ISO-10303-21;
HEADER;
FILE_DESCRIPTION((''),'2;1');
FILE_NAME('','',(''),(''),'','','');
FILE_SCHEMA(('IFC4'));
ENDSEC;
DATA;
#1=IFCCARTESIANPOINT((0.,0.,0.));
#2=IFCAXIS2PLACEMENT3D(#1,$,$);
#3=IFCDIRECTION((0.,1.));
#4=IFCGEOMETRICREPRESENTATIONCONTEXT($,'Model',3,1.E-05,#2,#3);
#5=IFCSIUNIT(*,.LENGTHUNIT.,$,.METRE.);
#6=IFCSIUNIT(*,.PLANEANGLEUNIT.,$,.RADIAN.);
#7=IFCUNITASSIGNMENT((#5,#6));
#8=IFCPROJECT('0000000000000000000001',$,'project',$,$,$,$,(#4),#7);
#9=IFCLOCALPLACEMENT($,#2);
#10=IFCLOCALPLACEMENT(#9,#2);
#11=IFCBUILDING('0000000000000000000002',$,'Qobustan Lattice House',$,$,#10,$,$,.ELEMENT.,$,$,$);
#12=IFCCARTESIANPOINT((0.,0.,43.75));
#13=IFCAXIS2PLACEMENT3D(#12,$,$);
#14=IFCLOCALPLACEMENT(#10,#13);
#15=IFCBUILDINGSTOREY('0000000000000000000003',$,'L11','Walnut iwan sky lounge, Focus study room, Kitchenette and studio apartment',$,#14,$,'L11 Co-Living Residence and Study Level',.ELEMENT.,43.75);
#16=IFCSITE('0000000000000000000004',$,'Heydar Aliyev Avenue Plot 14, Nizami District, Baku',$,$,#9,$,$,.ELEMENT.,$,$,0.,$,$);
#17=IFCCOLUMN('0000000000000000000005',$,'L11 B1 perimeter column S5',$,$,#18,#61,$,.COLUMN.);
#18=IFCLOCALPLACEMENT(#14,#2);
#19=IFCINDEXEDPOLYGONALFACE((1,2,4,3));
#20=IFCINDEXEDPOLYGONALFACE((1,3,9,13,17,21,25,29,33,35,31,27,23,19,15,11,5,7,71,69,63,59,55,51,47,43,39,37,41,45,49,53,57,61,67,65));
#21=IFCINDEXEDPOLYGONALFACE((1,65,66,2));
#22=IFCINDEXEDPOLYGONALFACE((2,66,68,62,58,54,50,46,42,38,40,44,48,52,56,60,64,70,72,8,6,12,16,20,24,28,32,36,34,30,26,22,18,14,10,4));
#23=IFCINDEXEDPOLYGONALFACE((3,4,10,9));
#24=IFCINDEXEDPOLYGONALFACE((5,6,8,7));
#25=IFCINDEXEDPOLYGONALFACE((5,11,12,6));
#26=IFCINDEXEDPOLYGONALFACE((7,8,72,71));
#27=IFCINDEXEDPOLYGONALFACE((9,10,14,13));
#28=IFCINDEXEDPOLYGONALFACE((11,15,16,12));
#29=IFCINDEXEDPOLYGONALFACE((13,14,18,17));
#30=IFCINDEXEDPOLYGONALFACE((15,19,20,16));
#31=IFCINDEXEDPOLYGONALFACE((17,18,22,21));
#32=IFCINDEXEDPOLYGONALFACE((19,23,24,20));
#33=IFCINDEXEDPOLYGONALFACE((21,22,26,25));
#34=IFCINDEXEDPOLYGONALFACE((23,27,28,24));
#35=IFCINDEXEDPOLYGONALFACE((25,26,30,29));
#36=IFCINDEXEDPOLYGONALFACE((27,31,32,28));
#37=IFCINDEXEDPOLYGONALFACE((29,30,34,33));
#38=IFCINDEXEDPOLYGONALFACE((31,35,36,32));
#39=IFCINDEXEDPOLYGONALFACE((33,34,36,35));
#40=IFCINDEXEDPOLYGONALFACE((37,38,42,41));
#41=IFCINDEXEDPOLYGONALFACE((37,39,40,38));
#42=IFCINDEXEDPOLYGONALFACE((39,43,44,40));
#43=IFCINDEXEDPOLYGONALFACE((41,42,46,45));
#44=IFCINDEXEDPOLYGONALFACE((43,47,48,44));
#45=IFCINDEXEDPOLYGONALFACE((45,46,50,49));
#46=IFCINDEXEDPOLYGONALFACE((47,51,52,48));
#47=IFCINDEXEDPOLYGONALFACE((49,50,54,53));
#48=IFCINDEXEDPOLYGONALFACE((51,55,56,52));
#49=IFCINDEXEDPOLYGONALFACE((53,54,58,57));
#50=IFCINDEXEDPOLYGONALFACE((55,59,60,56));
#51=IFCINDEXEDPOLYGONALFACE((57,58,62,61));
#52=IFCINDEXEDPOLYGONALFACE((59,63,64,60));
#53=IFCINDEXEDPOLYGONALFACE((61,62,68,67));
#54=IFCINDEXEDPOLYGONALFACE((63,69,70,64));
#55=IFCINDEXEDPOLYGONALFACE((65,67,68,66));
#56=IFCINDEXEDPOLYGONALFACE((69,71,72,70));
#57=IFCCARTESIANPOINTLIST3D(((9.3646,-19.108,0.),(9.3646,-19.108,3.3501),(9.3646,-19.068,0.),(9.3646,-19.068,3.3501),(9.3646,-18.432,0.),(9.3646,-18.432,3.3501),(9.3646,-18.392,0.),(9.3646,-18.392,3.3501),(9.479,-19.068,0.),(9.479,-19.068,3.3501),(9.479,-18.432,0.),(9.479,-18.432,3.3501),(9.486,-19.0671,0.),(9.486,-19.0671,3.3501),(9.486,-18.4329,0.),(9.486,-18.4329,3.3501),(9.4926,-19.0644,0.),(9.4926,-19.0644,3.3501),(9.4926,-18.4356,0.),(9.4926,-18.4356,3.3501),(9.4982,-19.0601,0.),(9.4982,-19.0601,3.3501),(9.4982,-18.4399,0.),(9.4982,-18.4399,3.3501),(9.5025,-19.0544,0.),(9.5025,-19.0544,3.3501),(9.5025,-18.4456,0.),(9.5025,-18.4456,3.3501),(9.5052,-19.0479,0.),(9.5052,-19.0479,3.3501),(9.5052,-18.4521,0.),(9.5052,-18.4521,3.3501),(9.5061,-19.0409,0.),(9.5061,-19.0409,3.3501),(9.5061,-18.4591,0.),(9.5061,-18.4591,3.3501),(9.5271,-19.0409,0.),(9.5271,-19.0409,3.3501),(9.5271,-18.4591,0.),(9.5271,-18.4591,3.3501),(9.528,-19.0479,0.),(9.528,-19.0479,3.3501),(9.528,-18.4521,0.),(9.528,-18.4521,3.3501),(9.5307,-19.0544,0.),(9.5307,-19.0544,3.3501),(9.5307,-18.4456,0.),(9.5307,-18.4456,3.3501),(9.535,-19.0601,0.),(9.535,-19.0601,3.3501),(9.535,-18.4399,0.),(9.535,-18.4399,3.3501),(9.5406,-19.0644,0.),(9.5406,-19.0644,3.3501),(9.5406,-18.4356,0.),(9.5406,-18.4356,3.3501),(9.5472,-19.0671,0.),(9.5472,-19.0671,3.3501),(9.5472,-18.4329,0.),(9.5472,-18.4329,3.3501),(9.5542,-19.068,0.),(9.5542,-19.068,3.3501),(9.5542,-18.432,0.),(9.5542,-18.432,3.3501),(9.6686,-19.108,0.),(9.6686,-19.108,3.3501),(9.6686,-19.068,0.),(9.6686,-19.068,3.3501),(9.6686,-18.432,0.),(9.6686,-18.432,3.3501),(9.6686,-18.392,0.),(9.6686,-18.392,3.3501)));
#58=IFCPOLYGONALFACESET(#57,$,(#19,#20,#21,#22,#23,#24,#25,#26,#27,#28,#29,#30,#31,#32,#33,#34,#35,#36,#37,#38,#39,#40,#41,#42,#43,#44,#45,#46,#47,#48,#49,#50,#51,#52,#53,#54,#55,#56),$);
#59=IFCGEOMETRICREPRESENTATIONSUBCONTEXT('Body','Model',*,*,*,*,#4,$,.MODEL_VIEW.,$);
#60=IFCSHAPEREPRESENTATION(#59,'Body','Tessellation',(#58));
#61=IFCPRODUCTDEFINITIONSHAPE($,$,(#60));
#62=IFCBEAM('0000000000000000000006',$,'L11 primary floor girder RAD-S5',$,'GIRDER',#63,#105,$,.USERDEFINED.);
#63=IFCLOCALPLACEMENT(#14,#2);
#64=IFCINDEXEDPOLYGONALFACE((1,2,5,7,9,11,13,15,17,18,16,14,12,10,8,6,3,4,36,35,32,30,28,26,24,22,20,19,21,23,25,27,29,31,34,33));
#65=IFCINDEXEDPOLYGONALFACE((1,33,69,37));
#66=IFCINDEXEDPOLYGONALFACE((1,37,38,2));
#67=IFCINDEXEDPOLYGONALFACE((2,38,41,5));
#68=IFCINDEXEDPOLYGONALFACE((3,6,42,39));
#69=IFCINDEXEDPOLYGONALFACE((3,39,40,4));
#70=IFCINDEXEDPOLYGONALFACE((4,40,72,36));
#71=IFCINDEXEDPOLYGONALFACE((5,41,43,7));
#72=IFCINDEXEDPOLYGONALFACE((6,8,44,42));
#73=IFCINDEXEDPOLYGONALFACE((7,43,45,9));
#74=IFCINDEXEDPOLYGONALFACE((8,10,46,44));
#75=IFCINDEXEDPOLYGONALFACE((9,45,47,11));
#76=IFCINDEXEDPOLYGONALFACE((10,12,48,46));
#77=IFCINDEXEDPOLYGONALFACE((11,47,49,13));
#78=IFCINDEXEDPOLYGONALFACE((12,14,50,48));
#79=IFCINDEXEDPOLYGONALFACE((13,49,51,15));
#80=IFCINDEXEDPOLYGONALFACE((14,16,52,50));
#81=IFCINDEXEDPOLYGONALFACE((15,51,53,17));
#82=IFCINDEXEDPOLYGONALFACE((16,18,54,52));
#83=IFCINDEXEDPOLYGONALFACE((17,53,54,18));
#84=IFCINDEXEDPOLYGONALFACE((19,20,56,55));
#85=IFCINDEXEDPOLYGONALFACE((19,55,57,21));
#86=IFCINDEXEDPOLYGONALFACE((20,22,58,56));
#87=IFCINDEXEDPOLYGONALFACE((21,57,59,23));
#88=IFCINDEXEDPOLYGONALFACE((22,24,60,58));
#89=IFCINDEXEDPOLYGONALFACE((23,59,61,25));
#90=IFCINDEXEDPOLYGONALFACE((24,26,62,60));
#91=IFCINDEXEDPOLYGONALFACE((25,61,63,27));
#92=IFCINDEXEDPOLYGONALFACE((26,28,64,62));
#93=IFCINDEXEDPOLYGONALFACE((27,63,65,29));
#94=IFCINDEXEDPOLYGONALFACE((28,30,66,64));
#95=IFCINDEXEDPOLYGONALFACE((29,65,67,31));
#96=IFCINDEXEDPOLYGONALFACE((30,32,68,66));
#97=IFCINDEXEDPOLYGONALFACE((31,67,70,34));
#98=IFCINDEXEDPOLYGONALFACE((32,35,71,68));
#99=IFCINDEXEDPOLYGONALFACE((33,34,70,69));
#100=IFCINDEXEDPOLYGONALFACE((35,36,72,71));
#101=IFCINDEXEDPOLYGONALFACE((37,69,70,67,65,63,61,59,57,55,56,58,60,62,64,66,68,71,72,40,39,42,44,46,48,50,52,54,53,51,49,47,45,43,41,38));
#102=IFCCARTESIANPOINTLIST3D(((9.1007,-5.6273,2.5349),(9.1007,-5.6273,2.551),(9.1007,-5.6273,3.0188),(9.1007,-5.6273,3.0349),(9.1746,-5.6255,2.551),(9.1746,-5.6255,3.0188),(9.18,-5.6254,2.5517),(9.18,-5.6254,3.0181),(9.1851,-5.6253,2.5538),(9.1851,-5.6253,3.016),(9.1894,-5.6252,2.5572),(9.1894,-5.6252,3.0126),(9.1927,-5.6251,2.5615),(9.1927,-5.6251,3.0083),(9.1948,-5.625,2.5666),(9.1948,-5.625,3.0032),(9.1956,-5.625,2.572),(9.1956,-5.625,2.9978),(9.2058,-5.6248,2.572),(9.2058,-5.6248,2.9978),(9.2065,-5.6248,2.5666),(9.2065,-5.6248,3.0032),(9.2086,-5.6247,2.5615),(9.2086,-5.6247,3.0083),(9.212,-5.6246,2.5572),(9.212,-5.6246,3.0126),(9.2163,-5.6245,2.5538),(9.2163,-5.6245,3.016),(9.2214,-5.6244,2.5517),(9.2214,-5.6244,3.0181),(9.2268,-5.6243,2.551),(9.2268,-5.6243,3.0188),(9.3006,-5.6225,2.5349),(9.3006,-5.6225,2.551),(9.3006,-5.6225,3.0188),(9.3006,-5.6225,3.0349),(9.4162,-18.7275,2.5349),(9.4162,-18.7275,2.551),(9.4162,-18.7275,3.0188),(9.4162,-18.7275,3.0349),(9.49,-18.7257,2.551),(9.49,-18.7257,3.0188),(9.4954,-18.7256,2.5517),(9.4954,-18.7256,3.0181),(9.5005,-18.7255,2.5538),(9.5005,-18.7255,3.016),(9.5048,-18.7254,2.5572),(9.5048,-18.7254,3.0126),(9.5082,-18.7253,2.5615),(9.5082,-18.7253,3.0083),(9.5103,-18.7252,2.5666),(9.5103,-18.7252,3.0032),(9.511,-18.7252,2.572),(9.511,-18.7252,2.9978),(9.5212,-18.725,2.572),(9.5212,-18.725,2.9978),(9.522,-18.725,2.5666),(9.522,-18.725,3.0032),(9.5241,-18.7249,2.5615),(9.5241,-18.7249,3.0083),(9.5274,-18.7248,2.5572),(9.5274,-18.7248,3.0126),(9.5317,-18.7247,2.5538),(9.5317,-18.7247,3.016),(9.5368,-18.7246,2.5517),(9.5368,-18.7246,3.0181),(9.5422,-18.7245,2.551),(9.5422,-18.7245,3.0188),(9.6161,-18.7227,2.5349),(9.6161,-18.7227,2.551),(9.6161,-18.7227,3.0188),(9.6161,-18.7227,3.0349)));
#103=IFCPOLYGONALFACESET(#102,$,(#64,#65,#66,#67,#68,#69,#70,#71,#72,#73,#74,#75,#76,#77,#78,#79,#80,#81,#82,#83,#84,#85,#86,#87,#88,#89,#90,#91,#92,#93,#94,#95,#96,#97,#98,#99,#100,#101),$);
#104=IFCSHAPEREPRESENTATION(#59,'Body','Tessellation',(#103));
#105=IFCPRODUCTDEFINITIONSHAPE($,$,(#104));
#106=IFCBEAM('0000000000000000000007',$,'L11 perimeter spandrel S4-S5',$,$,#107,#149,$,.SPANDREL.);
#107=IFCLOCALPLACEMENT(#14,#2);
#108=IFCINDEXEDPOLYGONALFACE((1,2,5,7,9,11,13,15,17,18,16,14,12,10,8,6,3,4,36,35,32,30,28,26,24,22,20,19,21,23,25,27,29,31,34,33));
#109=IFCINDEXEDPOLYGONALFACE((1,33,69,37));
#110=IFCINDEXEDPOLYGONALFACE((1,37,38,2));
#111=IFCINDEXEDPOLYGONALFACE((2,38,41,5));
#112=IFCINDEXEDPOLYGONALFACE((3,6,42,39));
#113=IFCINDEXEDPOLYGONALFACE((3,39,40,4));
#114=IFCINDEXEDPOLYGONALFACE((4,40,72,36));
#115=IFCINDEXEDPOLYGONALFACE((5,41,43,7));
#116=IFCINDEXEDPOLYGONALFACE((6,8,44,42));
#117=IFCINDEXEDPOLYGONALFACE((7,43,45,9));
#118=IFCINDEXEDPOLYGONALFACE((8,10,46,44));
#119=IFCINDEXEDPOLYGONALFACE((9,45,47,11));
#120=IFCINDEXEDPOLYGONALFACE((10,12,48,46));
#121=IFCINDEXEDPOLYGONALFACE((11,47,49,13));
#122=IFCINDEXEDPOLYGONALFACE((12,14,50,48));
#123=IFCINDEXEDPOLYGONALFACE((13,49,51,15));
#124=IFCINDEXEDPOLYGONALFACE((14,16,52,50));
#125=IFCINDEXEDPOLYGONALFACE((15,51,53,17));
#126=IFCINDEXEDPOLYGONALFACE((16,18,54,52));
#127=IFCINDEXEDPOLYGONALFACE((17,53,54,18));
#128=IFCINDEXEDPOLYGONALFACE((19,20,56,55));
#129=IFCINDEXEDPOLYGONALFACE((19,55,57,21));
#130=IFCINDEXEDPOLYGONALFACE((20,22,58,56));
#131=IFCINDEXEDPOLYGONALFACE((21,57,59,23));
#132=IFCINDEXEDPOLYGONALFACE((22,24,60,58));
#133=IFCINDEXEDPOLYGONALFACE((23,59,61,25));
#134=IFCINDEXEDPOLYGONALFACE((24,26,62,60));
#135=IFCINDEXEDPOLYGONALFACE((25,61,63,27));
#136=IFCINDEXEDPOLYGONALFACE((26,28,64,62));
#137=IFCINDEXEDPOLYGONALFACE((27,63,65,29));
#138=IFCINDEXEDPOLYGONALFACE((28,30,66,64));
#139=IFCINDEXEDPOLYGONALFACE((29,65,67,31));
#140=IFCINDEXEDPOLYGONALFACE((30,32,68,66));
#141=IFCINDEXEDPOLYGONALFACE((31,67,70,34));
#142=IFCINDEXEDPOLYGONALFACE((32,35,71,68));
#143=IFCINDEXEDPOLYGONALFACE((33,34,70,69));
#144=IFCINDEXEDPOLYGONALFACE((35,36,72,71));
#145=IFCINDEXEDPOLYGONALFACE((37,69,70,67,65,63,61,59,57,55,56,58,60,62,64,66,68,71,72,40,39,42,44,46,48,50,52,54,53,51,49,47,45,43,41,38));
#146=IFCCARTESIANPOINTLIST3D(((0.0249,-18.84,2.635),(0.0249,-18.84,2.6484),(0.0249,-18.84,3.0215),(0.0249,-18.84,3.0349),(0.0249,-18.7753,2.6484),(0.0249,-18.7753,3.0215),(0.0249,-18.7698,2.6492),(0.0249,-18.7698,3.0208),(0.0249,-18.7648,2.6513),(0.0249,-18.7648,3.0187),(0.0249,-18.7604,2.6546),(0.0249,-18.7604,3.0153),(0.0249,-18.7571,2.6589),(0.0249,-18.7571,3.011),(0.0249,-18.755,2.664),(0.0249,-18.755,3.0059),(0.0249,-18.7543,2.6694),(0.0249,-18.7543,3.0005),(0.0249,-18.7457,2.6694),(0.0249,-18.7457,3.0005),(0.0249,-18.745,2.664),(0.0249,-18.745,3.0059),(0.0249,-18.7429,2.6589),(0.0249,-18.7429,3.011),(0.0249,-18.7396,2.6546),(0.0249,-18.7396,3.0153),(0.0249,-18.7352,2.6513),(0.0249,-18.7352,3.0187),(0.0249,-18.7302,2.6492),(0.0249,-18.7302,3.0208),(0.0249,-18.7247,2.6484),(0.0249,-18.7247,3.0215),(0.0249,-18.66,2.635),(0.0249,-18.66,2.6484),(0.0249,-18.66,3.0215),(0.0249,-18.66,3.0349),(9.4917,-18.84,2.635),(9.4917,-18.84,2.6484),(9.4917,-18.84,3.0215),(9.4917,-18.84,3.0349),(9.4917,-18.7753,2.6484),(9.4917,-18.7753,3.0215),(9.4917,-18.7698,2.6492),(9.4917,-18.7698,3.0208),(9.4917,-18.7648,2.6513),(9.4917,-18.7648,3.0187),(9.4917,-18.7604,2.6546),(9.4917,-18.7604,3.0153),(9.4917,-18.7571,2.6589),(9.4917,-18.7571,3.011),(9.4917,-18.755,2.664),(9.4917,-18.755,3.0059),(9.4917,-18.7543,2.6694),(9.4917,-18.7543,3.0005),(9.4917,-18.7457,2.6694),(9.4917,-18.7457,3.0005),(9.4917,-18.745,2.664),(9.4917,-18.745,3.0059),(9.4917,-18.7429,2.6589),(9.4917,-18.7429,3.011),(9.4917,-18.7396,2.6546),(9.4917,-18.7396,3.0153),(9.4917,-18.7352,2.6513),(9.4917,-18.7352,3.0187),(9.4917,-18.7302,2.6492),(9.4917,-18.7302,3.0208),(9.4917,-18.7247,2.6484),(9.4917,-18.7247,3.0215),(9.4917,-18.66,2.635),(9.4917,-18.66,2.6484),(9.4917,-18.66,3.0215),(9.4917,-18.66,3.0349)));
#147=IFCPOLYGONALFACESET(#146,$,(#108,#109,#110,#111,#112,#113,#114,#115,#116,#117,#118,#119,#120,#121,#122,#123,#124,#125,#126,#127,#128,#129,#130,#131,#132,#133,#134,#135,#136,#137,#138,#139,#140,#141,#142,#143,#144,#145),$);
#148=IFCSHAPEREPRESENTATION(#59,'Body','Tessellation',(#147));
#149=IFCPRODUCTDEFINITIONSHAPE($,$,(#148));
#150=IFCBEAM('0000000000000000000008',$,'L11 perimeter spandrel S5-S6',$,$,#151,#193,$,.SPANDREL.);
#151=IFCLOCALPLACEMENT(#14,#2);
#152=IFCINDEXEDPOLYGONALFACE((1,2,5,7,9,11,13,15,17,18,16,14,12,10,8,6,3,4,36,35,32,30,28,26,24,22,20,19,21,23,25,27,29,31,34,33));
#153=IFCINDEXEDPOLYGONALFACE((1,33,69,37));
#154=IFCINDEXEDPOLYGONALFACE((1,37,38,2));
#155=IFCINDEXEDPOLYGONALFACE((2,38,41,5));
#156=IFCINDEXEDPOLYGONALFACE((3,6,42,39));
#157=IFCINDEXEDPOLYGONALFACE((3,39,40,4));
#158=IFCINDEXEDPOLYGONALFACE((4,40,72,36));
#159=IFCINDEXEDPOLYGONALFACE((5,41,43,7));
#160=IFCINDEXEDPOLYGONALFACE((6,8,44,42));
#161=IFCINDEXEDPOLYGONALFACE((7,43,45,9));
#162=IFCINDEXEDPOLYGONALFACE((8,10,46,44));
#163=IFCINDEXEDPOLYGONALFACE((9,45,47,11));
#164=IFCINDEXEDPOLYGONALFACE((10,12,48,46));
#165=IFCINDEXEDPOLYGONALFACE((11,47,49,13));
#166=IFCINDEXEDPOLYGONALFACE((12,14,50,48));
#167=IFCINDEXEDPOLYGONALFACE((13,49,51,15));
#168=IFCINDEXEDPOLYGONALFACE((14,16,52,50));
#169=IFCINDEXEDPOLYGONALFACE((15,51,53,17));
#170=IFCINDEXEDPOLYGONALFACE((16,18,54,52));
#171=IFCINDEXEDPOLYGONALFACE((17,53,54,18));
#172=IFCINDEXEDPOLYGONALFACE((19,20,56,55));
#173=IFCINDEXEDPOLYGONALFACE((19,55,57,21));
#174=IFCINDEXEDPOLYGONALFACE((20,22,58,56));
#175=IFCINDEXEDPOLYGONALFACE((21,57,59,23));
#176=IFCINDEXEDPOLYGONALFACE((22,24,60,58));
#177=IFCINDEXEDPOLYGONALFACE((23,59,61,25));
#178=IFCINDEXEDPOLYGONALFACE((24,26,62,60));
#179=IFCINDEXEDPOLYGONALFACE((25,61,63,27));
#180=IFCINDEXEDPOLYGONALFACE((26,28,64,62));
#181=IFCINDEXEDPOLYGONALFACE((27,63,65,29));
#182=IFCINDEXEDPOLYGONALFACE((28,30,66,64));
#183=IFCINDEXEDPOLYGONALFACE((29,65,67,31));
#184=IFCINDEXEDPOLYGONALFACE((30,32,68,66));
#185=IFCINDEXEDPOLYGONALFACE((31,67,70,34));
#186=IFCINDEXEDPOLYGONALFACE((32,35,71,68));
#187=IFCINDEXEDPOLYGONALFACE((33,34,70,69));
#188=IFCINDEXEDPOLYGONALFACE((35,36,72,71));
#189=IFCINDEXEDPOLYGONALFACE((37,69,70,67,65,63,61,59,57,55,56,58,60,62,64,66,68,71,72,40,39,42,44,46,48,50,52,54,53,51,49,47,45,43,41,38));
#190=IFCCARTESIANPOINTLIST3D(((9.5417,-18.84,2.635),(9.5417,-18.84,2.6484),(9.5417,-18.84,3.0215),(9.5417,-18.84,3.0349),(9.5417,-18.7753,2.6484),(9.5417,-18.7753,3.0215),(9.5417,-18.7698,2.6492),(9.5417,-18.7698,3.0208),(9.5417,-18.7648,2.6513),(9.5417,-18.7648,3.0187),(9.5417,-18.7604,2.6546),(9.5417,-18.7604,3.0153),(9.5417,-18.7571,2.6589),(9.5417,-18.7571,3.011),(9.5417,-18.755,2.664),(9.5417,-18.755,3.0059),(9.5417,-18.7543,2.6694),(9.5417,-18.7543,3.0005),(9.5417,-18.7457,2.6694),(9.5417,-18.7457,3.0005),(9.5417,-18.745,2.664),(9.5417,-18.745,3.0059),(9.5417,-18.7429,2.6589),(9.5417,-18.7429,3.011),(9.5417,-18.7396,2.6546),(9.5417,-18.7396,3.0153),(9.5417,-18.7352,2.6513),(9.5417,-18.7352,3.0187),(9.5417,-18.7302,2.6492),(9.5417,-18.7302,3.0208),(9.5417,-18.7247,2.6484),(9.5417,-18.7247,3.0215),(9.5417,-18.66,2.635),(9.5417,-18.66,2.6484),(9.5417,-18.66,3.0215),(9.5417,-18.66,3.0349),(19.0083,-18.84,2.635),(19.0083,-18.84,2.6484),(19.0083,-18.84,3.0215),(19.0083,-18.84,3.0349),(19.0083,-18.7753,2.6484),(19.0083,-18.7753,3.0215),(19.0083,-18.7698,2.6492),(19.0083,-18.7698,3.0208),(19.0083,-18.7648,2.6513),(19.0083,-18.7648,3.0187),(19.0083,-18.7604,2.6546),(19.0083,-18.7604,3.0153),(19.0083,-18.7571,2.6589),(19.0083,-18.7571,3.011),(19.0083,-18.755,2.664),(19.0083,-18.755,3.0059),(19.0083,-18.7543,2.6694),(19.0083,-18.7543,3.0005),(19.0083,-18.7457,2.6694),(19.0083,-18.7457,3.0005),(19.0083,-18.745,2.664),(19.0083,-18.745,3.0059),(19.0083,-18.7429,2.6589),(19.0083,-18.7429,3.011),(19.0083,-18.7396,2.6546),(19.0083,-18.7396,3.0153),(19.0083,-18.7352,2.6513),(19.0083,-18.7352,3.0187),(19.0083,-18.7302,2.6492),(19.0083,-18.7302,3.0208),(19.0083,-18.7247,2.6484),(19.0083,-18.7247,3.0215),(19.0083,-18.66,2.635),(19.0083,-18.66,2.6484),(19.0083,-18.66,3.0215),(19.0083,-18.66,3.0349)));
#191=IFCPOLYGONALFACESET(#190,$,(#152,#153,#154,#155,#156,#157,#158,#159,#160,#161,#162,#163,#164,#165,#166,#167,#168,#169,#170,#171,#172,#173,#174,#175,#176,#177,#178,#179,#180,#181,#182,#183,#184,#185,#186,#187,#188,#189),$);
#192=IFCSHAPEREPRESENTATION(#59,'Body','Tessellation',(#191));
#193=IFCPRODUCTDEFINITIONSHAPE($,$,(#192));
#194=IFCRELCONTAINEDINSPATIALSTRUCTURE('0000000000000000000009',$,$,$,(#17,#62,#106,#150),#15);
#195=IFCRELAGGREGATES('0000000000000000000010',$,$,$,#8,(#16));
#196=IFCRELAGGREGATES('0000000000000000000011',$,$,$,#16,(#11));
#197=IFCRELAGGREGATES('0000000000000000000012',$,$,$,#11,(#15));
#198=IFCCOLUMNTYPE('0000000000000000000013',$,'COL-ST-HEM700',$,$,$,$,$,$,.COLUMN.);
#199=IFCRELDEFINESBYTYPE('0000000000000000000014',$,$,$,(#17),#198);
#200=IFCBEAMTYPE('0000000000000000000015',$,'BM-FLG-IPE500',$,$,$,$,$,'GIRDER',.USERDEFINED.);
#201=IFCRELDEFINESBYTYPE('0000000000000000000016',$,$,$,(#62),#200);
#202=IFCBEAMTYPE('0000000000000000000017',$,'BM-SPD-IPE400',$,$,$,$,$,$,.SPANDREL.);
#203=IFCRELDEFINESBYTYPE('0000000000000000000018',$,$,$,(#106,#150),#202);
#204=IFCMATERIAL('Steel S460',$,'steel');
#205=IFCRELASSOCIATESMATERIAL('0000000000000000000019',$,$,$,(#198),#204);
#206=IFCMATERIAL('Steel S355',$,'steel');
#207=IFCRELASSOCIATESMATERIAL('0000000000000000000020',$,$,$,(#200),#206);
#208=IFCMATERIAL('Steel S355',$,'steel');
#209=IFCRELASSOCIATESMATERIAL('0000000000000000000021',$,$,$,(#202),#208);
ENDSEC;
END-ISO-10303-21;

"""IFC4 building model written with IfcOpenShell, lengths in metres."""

from ifc_helpers import new_model, si_unit, direction, frame, origin, origin_2d, place, context, subcontext, project, spatial, i_section, extrude, material, material_profile, profile_set, type_object, element, save


model = new_model("IFC4")

# Units and contexts
model_context = context("Model", 3, precision=1e-05, world=origin(), true_north=direction((0.0, 1.0)))
body_context = subcontext(model_context, "Body", "Model", "MODEL_VIEW")
ifc_project = project(units=[si_unit("LENGTHUNIT", "METRE"), si_unit("PLANEANGLEUNIT", "RADIAN")], contexts=[model_context])

# Site, building, storey
site_placement = place(None, origin())
site = spatial("IfcSite", under=ifc_project, at=site_placement, Name="Heydar Aliyev Avenue Plot 14, Nizami District, Baku", CompositionType="ELEMENT", RefElevation=0.0)
building_placement = place(site_placement, origin())
building = spatial("IfcBuilding", under=site, at=building_placement, Name="Qobustan Lattice House", CompositionType="ELEMENT")
storey_placement = place(building_placement, frame((0.0, 0.0, 43.75)))
storey = spatial("IfcBuildingStorey", under=building, at=storey_placement, Name="L11", Description="Walnut iwan sky lounge, Focus study room, Kitchenette and studio apartment", LongName="L11 Co-Living Residence and Study Level", CompositionType="ELEMENT", Elevation=43.75)

# Column
ifc_material_1 = material(Name="Steel S460", Category="steel")
ifc_material_profile_1 = material_profile(ifc_material_1, i_section(OverallWidth=0.304, OverallDepth=0.7161, WebThickness=0.021, FlangeThickness=0.04, FilletRadius=0.0271, at=origin_2d()), Name="HEM700")
ifc_profile_set_1 = profile_set([ifc_material_profile_1], Name="Steel S460")
column_type = type_object("IfcColumnType", Name="COL-ST-HEM700", PredefinedType="COLUMN", material=ifc_profile_set_1)
column_placement = place(storey_placement, frame((9.5166, -18.75, 0.0), z_axis=(0.0, 0.0, 1.0), x_axis=(1.0, 0.0, 0.0)))
element("IfcColumn", 1, at=column_placement, inside=storey, type_object=column_type, Name="L11 B1 perimeter column S5", PredefinedType="COLUMN", context=body_context, shape_type="SweptSolid", body=[
    extrude(i_section(OverallWidth=0.304, OverallDepth=0.7161, WebThickness=0.021, FlangeThickness=0.04, FilletRadius=0.0271, at=origin_2d()), origin(), (0.0, 0.0, 1.0), 3.3501),
])

# Beams
ifc_material_2 = material(Name="Steel S355", Category="steel")
ifc_material_profile_2 = material_profile(ifc_material_2, i_section(OverallWidth=0.2, OverallDepth=0.5, WebThickness=0.0103, FlangeThickness=0.0161, FilletRadius=0.021, at=origin_2d()), Name="IPE500")
ifc_profile_set_2 = profile_set([ifc_material_profile_2], Name="Steel S355")
beam_type_1 = type_object("IfcBeamType", Name="BM-FLG-IPE500", ElementType="GIRDER", PredefinedType="USERDEFINED", material=ifc_profile_set_2)
beam_1_placement = place(storey_placement, frame((9.5161, -18.7251, 2.7849), z_axis=(-0.024071, 0.99971, 0.0), x_axis=(-0.99971, -0.024071, 0.0)))
element("IfcBeam", 2, at=beam_1_placement, inside=storey, type_object=beam_type_1, Name="L11 primary floor girder RAD-S5", ObjectType="GIRDER", PredefinedType="USERDEFINED", context=body_context, shape_type="SweptSolid", body=[
    extrude(i_section(OverallWidth=0.2, OverallDepth=0.5, WebThickness=0.0103, FlangeThickness=0.0161, FilletRadius=0.021, at=origin_2d()), origin(), (0.0, 0.0, 1.0), 13.104),
])
ifc_material_3 = material(Name="Steel S355", Category="steel")
ifc_material_profile_3 = material_profile(ifc_material_3, i_section(OverallWidth=0.1799, OverallDepth=0.3999, WebThickness=0.0085, FlangeThickness=0.0134, FilletRadius=0.021, at=origin_2d()), Name="IPE400")
ifc_profile_set_3 = profile_set([ifc_material_profile_3], Name="Steel S355")
beam_type_2 = type_object("IfcBeamType", Name="BM-SPD-IPE400", PredefinedType="SPANDREL", material=ifc_profile_set_3)
beam_2_placement = place(storey_placement, frame((0.0249, -18.75, 2.835), z_axis=(1.0, 0.0, 0.0), x_axis=(0.0, 1.0, 0.0)))
element("IfcBeam", 3, at=beam_2_placement, inside=storey, type_object=beam_type_2, Name="L11 perimeter spandrel S4-S5", PredefinedType="SPANDREL", context=body_context, shape_type="SweptSolid", body=[
    extrude(i_section(OverallWidth=0.1799, OverallDepth=0.3999, WebThickness=0.0085, FlangeThickness=0.0134, FilletRadius=0.021, at=origin_2d()), origin(), (0.0, 0.0, 1.0), 9.4668),
])
beam_3_placement = place(storey_placement, frame((9.5417, -18.75, 2.835), z_axis=(1.0, 0.0, 0.0), x_axis=(0.0, 1.0, 0.0)))
element("IfcBeam", 4, at=beam_3_placement, inside=storey, type_object=beam_type_2, Name="L11 perimeter spandrel S5-S6", PredefinedType="SPANDREL", context=body_context, shape_type="SweptSolid", body=[
    extrude(i_section(OverallWidth=0.1799, OverallDepth=0.3999, WebThickness=0.0085, FlangeThickness=0.0134, FilletRadius=0.021, at=origin_2d()), origin(), (0.0, 0.0, 1.0), 9.4666),
])

save(model, "model.ifc")
